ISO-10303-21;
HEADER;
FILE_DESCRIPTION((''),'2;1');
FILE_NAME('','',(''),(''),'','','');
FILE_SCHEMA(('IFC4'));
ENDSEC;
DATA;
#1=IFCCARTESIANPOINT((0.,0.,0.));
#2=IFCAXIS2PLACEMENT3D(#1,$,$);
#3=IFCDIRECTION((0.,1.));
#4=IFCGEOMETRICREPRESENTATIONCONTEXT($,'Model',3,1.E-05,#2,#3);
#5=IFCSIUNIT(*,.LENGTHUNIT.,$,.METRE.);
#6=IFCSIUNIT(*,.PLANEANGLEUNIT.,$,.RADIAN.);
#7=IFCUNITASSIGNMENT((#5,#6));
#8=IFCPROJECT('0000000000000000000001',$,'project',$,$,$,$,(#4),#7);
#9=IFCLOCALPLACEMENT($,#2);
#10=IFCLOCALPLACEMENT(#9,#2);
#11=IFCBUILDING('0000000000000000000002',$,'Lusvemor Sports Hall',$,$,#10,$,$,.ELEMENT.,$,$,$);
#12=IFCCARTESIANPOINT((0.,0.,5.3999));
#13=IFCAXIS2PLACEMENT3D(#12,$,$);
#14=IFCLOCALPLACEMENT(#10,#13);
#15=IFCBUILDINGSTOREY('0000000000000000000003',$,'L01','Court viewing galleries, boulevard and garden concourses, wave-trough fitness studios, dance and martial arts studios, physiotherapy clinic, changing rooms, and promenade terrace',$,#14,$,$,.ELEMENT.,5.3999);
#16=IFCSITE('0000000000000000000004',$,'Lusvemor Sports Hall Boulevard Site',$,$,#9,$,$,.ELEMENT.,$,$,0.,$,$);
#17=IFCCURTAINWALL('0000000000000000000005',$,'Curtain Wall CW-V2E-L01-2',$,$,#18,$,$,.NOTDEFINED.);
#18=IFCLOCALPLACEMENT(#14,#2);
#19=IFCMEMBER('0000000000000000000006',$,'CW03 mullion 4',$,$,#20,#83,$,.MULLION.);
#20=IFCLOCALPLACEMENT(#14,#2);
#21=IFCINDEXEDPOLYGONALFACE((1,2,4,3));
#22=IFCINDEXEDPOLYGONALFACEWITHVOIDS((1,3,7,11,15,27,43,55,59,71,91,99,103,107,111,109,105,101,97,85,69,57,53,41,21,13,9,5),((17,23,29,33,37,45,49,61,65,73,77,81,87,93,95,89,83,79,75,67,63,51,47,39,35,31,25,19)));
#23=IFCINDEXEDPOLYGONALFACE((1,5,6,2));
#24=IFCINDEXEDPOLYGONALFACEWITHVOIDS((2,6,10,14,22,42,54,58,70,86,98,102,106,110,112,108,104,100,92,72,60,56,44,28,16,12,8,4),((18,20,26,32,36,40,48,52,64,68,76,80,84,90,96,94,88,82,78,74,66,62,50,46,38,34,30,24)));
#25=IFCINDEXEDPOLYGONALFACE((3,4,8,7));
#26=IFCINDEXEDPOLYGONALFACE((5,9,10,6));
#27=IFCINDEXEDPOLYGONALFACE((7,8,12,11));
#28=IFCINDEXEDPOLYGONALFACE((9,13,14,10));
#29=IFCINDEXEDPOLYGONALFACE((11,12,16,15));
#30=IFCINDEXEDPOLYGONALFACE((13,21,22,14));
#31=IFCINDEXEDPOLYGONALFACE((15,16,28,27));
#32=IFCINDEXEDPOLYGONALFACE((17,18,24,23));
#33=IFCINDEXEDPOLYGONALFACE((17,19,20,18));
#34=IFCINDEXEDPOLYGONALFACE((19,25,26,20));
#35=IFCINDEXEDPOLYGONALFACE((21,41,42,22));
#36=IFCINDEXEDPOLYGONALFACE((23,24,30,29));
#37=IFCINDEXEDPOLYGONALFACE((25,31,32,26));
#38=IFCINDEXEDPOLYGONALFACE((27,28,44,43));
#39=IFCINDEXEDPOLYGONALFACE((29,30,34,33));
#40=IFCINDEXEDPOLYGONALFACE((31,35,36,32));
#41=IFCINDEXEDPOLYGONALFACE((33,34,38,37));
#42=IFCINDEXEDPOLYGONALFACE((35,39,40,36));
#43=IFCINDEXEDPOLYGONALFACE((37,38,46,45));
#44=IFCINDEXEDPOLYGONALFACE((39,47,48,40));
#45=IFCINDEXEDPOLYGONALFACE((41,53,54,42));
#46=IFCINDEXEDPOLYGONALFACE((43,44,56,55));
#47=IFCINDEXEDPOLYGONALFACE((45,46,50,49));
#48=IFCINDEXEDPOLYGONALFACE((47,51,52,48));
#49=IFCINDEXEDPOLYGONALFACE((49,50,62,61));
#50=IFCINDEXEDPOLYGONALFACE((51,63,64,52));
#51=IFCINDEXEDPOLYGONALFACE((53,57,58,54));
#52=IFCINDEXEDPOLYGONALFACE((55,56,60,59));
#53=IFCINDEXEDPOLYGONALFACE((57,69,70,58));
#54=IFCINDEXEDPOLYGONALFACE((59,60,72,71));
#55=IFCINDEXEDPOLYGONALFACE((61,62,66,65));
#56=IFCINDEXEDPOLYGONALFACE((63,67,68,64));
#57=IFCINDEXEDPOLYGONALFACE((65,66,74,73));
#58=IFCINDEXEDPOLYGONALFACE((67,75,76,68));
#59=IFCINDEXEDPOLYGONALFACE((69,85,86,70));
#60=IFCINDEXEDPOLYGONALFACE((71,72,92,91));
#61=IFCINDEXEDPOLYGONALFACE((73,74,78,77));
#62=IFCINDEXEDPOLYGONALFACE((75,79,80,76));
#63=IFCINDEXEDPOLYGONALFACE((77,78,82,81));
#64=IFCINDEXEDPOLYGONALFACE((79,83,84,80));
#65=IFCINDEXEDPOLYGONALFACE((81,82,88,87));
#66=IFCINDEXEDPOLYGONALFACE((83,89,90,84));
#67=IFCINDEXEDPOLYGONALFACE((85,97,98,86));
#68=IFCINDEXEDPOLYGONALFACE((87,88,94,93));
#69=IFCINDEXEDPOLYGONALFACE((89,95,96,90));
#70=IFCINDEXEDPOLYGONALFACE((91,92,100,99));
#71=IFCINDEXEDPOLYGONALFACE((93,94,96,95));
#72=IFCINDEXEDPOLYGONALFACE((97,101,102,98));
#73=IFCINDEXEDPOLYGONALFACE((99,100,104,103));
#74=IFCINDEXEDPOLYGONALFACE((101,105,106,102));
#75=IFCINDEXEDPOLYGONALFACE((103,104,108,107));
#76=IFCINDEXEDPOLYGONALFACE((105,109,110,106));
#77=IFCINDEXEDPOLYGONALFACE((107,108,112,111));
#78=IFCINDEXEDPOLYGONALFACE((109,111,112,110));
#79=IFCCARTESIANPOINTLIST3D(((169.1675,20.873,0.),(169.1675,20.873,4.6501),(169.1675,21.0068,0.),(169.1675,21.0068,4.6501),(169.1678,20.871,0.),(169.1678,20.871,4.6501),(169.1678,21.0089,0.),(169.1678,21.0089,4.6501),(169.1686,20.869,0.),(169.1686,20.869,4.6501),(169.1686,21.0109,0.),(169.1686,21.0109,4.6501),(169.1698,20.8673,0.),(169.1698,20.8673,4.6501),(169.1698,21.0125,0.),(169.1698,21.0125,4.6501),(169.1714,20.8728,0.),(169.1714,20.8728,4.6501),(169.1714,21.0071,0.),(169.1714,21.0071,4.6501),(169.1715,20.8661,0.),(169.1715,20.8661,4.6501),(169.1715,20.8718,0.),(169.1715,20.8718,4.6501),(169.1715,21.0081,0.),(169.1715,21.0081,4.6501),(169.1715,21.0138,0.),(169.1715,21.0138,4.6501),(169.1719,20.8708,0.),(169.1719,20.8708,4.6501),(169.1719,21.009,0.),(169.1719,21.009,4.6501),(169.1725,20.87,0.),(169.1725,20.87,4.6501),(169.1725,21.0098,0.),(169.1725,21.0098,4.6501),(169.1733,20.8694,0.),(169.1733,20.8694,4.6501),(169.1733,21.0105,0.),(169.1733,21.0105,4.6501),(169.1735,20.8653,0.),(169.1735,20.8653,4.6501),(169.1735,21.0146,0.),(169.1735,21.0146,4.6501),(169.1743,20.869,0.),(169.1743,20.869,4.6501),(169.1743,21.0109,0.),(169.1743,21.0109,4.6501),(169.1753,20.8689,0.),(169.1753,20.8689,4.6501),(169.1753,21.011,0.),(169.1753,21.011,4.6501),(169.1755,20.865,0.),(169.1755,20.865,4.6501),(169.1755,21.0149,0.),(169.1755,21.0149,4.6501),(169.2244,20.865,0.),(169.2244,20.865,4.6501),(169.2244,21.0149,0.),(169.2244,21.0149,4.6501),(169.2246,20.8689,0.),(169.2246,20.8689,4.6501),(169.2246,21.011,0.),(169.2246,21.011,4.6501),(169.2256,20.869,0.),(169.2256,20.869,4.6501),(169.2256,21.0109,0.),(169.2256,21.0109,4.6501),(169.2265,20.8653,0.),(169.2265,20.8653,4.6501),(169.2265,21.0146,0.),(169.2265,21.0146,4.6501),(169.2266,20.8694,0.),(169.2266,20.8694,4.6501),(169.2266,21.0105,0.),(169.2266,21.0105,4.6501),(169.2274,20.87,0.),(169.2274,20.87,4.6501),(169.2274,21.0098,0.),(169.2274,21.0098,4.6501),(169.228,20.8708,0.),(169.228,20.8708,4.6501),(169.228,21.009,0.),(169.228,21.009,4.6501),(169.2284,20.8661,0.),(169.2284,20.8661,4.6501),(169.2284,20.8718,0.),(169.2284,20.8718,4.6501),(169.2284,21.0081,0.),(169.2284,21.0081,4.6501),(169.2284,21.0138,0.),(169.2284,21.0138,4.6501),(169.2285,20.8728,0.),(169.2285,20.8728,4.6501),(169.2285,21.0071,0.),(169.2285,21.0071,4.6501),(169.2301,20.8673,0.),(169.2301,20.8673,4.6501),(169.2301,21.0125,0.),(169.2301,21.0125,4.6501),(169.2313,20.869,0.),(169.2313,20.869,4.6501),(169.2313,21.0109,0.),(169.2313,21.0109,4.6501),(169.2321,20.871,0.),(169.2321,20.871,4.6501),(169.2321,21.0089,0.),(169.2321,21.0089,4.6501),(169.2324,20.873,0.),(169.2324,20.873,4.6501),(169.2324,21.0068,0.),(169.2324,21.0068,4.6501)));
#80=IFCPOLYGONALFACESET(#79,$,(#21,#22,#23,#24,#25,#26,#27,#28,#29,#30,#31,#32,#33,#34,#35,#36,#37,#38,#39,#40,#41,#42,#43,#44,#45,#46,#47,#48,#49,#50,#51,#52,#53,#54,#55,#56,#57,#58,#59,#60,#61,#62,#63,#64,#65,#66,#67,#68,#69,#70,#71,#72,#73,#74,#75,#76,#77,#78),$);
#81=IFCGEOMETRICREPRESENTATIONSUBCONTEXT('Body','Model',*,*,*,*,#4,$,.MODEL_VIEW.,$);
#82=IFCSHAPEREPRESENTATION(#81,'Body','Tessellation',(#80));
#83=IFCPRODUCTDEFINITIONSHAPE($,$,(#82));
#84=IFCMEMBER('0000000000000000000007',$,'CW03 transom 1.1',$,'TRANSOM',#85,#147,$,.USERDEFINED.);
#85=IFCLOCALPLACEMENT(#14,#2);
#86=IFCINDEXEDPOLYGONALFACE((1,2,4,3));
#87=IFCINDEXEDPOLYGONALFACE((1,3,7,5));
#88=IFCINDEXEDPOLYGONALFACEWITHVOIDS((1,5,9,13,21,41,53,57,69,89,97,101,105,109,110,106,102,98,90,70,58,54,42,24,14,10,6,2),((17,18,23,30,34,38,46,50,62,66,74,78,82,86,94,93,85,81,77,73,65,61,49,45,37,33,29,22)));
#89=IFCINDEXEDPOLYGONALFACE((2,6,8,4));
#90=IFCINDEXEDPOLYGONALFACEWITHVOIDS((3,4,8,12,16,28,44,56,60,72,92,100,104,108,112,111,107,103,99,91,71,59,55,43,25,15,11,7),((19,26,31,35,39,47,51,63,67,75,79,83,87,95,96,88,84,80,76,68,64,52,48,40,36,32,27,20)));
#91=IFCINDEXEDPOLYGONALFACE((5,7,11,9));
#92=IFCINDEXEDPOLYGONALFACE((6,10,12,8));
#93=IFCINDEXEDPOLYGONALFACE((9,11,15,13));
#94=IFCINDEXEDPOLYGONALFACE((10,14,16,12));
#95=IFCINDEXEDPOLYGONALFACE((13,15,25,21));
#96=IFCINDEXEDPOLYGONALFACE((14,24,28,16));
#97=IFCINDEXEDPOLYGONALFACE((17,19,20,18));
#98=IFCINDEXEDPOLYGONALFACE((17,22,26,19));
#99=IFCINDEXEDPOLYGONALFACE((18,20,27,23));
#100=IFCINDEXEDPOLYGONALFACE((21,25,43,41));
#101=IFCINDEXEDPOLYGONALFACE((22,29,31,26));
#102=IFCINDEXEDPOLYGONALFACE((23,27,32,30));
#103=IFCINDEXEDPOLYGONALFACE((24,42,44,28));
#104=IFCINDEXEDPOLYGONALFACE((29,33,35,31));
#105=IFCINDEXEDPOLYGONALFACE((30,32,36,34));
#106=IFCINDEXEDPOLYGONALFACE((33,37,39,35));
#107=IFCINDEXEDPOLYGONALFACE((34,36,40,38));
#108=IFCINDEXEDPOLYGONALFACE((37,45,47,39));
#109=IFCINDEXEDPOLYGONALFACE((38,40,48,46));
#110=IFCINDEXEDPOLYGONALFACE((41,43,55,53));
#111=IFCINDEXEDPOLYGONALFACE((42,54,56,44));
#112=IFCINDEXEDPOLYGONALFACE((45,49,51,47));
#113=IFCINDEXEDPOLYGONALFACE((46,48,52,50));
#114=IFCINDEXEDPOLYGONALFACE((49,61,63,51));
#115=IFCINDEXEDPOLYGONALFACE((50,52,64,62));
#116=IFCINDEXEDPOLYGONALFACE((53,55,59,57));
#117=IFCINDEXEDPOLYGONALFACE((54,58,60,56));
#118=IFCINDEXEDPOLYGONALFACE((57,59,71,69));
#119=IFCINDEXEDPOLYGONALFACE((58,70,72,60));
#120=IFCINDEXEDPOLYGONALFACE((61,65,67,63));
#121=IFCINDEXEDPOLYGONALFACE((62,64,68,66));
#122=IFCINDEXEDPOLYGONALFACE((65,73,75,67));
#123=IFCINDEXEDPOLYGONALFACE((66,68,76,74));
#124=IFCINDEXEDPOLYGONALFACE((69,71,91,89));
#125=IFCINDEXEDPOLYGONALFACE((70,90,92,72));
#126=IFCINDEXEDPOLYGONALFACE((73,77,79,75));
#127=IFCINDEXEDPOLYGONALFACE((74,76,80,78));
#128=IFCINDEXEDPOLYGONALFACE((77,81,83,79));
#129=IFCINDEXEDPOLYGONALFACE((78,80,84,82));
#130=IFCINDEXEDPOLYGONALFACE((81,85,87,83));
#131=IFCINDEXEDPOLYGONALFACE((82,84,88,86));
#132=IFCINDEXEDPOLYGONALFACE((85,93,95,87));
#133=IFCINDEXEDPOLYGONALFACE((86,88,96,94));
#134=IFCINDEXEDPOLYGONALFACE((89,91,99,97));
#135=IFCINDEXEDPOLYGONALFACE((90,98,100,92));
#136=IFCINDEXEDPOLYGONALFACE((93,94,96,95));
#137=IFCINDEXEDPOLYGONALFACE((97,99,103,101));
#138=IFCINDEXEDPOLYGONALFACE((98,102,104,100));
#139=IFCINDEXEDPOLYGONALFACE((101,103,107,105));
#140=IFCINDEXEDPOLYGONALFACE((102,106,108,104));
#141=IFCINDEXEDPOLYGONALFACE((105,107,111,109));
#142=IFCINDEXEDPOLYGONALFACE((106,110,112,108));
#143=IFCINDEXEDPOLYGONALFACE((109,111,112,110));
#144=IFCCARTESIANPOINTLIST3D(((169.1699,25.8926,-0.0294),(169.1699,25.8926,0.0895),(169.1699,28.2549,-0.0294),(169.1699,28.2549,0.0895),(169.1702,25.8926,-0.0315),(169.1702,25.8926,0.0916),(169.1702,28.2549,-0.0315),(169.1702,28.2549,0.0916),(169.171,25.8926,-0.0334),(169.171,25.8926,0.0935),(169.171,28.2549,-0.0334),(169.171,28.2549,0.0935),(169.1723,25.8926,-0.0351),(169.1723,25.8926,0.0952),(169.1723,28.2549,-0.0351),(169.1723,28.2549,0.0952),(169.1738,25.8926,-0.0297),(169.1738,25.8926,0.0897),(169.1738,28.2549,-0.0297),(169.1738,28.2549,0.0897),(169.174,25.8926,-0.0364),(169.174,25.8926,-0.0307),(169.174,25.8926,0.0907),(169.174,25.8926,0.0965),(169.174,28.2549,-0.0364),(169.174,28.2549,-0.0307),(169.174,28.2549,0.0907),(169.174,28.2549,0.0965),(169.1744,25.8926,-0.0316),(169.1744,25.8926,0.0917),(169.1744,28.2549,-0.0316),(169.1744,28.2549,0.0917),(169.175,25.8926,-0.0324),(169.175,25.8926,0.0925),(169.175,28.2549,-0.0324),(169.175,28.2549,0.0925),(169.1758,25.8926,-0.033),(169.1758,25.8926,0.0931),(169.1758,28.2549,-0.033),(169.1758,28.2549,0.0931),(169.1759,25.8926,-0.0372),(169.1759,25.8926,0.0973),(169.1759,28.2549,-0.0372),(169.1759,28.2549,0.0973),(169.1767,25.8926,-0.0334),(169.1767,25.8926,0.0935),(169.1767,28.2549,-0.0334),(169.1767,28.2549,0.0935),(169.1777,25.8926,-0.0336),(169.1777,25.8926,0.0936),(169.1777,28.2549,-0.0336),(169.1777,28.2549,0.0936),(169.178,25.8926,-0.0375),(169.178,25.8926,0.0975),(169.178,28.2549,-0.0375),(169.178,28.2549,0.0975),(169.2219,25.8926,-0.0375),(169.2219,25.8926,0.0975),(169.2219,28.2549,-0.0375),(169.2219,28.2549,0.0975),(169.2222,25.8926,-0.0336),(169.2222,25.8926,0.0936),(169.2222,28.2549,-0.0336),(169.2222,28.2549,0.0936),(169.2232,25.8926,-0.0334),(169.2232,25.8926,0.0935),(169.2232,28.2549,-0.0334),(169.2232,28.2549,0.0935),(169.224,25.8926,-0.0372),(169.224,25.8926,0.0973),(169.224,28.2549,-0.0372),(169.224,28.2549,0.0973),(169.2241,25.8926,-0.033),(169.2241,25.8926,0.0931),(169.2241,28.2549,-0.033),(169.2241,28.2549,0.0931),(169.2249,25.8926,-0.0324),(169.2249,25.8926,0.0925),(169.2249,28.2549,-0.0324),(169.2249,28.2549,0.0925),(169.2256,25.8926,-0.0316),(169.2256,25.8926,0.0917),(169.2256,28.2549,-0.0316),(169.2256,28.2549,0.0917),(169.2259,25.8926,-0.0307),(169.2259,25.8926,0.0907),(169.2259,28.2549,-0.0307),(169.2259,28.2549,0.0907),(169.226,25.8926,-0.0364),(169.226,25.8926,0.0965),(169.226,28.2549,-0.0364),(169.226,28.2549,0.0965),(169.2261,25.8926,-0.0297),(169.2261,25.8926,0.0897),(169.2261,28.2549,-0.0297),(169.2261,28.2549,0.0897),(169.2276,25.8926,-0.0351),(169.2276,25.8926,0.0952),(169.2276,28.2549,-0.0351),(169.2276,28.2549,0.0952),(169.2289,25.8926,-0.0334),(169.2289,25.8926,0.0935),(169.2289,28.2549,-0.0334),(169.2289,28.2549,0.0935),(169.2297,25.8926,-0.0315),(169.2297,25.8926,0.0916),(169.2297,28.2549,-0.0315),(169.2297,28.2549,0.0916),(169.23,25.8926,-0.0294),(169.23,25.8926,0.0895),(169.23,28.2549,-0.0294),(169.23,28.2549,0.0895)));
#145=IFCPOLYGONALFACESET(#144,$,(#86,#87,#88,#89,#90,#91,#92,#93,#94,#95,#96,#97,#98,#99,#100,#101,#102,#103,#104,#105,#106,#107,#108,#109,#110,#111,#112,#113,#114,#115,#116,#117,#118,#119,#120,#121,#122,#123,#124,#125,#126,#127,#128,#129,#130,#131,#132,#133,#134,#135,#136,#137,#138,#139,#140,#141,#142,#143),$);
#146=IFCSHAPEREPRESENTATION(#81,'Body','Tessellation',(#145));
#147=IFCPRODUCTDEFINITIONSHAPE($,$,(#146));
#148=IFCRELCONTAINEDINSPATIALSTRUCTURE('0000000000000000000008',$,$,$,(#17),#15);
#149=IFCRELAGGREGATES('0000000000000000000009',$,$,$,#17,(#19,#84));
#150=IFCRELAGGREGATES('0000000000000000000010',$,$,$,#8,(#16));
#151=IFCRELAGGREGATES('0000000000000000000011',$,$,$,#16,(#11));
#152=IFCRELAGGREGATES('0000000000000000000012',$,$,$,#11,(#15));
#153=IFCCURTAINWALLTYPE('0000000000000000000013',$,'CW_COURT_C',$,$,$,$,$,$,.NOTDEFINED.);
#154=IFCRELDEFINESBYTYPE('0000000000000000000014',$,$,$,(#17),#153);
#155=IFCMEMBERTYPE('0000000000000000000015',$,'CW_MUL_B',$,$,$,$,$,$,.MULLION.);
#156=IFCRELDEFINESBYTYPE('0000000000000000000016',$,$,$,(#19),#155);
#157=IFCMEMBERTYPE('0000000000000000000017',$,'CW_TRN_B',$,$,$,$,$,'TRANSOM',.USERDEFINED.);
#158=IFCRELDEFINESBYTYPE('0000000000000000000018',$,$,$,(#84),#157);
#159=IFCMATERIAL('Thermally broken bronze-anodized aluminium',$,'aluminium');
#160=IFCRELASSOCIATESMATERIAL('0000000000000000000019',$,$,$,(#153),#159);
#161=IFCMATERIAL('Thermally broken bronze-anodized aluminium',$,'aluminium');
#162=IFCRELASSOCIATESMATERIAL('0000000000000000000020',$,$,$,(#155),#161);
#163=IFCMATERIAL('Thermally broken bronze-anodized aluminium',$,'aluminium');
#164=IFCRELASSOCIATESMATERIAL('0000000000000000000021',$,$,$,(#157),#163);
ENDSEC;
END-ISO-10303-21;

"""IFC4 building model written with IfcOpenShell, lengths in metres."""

from ifc_helpers import new_model, si_unit, direction, frame, origin, origin_2d, place, context, subcontext, project, spatial, hollow_rectangle, extrude, material, material_profile, profile_set, type_object, element, aggregate, save


model = new_model("IFC4")

# Units and contexts
model_context = context("Model", 3, precision=1e-05, world=origin(), true_north=direction((0.0, 1.0)))
body_context = subcontext(model_context, "Body", "Model", "MODEL_VIEW")
ifc_project = project(units=[si_unit("LENGTHUNIT", "METRE"), si_unit("PLANEANGLEUNIT", "RADIAN")], contexts=[model_context])

# Site, building, storey
site_placement = place(None, origin())
site = spatial("IfcSite", under=ifc_project, at=site_placement, Name="Lusvemor Sports Hall Boulevard Site", CompositionType="ELEMENT", RefElevation=0.0)
building_placement = place(site_placement, origin())
building = spatial("IfcBuilding", under=site, at=building_placement, Name="Lusvemor Sports Hall", CompositionType="ELEMENT")
storey_placement = place(building_placement, frame((0.0, 0.0, 5.3999)))
storey = spatial("IfcBuildingStorey", under=building, at=storey_placement, Name="L01", Description="Court viewing galleries, boulevard and garden concourses, wave-trough fitness studios, dance and martial arts studios, physiotherapy clinic, changing rooms, and promenade terrace", CompositionType="ELEMENT", Elevation=5.3999)

# Curtain wall, members
ifc_material_1 = material(Name="Thermally broken bronze-anodized aluminium", Category="aluminium")
curtain_wall_type = type_object("IfcCurtainWallType", Name="CW_COURT_C", PredefinedType="NOTDEFINED", material=ifc_material_1)
curtain_wall_placement = place(storey_placement, origin())
curtain_wall = element("IfcCurtainWall", 1, at=curtain_wall_placement, inside=storey, type_object=curtain_wall_type, Name="Curtain Wall CW-V2E-L01-2", PredefinedType="NOTDEFINED")
ifc_material_2 = material(Name="Thermally broken bronze-anodized aluminium", Category="aluminium")
ifc_material_profile_1 = material_profile(ifc_material_2, hollow_rectangle(XDim=0.0649, YDim=0.1499, WallThickness=0.0039, InnerFilletRadius=0.0039, OuterFilletRadius=0.0081, at=origin_2d()), Name="CWMUL150x65x4")
ifc_profile_set_1 = profile_set([ifc_material_profile_1], Name="Thermally broken bronze-anodized aluminium")
member_type_1 = type_object("IfcMemberType", Name="CW_MUL_B", PredefinedType="MULLION", material=ifc_profile_set_1)
member_1_placement = place(storey_placement, frame((169.2, 20.9399, 0.0), z_axis=(0.0, 0.0, 1.0), x_axis=(1.0, 0.0, 0.0)))
member_1 = element("IfcMember", 2, at=member_1_placement, type_object=member_type_1, Name="CW03 mullion 4", PredefinedType="MULLION", context=body_context, shape_type="SweptSolid", body=[
    extrude(hollow_rectangle(XDim=0.0649, YDim=0.1499, WallThickness=0.0039, InnerFilletRadius=0.0039, OuterFilletRadius=0.0081, at=origin_2d()), origin(), (0.0, 0.0, 1.0), 4.6501),
])
ifc_material_3 = material(Name="Thermally broken bronze-anodized aluminium", Category="aluminium")
ifc_material_profile_2 = material_profile(ifc_material_3, hollow_rectangle(XDim=0.0601, YDim=0.135, WallThickness=0.0039, InnerFilletRadius=0.0039, OuterFilletRadius=0.0081, at=origin_2d()), Name="CWTRN135x60x4")
ifc_profile_set_2 = profile_set([ifc_material_profile_2], Name="Thermally broken bronze-anodized aluminium")
member_type_2 = type_object("IfcMemberType", Name="CW_TRN_B", ElementType="TRANSOM", PredefinedType="USERDEFINED", material=ifc_profile_set_2)
member_2_placement = place(storey_placement, frame((169.2, 28.2549, 0.03), z_axis=(0.0, -1.0, 0.0), x_axis=(1.0, 0.0, 0.0)))
member_2 = element("IfcMember", 3, at=member_2_placement, type_object=member_type_2, Name="CW03 transom 1.1", ObjectType="TRANSOM", PredefinedType="USERDEFINED", context=body_context, shape_type="SweptSolid", body=[
    extrude(hollow_rectangle(XDim=0.0601, YDim=0.135, WallThickness=0.0039, InnerFilletRadius=0.0039, OuterFilletRadius=0.0081, at=origin_2d()), origin(), (0.0, 0.0, 1.0), 2.3623),
])
aggregate(curtain_wall, [member_1, member_2])

save(model, "model.ifc")
